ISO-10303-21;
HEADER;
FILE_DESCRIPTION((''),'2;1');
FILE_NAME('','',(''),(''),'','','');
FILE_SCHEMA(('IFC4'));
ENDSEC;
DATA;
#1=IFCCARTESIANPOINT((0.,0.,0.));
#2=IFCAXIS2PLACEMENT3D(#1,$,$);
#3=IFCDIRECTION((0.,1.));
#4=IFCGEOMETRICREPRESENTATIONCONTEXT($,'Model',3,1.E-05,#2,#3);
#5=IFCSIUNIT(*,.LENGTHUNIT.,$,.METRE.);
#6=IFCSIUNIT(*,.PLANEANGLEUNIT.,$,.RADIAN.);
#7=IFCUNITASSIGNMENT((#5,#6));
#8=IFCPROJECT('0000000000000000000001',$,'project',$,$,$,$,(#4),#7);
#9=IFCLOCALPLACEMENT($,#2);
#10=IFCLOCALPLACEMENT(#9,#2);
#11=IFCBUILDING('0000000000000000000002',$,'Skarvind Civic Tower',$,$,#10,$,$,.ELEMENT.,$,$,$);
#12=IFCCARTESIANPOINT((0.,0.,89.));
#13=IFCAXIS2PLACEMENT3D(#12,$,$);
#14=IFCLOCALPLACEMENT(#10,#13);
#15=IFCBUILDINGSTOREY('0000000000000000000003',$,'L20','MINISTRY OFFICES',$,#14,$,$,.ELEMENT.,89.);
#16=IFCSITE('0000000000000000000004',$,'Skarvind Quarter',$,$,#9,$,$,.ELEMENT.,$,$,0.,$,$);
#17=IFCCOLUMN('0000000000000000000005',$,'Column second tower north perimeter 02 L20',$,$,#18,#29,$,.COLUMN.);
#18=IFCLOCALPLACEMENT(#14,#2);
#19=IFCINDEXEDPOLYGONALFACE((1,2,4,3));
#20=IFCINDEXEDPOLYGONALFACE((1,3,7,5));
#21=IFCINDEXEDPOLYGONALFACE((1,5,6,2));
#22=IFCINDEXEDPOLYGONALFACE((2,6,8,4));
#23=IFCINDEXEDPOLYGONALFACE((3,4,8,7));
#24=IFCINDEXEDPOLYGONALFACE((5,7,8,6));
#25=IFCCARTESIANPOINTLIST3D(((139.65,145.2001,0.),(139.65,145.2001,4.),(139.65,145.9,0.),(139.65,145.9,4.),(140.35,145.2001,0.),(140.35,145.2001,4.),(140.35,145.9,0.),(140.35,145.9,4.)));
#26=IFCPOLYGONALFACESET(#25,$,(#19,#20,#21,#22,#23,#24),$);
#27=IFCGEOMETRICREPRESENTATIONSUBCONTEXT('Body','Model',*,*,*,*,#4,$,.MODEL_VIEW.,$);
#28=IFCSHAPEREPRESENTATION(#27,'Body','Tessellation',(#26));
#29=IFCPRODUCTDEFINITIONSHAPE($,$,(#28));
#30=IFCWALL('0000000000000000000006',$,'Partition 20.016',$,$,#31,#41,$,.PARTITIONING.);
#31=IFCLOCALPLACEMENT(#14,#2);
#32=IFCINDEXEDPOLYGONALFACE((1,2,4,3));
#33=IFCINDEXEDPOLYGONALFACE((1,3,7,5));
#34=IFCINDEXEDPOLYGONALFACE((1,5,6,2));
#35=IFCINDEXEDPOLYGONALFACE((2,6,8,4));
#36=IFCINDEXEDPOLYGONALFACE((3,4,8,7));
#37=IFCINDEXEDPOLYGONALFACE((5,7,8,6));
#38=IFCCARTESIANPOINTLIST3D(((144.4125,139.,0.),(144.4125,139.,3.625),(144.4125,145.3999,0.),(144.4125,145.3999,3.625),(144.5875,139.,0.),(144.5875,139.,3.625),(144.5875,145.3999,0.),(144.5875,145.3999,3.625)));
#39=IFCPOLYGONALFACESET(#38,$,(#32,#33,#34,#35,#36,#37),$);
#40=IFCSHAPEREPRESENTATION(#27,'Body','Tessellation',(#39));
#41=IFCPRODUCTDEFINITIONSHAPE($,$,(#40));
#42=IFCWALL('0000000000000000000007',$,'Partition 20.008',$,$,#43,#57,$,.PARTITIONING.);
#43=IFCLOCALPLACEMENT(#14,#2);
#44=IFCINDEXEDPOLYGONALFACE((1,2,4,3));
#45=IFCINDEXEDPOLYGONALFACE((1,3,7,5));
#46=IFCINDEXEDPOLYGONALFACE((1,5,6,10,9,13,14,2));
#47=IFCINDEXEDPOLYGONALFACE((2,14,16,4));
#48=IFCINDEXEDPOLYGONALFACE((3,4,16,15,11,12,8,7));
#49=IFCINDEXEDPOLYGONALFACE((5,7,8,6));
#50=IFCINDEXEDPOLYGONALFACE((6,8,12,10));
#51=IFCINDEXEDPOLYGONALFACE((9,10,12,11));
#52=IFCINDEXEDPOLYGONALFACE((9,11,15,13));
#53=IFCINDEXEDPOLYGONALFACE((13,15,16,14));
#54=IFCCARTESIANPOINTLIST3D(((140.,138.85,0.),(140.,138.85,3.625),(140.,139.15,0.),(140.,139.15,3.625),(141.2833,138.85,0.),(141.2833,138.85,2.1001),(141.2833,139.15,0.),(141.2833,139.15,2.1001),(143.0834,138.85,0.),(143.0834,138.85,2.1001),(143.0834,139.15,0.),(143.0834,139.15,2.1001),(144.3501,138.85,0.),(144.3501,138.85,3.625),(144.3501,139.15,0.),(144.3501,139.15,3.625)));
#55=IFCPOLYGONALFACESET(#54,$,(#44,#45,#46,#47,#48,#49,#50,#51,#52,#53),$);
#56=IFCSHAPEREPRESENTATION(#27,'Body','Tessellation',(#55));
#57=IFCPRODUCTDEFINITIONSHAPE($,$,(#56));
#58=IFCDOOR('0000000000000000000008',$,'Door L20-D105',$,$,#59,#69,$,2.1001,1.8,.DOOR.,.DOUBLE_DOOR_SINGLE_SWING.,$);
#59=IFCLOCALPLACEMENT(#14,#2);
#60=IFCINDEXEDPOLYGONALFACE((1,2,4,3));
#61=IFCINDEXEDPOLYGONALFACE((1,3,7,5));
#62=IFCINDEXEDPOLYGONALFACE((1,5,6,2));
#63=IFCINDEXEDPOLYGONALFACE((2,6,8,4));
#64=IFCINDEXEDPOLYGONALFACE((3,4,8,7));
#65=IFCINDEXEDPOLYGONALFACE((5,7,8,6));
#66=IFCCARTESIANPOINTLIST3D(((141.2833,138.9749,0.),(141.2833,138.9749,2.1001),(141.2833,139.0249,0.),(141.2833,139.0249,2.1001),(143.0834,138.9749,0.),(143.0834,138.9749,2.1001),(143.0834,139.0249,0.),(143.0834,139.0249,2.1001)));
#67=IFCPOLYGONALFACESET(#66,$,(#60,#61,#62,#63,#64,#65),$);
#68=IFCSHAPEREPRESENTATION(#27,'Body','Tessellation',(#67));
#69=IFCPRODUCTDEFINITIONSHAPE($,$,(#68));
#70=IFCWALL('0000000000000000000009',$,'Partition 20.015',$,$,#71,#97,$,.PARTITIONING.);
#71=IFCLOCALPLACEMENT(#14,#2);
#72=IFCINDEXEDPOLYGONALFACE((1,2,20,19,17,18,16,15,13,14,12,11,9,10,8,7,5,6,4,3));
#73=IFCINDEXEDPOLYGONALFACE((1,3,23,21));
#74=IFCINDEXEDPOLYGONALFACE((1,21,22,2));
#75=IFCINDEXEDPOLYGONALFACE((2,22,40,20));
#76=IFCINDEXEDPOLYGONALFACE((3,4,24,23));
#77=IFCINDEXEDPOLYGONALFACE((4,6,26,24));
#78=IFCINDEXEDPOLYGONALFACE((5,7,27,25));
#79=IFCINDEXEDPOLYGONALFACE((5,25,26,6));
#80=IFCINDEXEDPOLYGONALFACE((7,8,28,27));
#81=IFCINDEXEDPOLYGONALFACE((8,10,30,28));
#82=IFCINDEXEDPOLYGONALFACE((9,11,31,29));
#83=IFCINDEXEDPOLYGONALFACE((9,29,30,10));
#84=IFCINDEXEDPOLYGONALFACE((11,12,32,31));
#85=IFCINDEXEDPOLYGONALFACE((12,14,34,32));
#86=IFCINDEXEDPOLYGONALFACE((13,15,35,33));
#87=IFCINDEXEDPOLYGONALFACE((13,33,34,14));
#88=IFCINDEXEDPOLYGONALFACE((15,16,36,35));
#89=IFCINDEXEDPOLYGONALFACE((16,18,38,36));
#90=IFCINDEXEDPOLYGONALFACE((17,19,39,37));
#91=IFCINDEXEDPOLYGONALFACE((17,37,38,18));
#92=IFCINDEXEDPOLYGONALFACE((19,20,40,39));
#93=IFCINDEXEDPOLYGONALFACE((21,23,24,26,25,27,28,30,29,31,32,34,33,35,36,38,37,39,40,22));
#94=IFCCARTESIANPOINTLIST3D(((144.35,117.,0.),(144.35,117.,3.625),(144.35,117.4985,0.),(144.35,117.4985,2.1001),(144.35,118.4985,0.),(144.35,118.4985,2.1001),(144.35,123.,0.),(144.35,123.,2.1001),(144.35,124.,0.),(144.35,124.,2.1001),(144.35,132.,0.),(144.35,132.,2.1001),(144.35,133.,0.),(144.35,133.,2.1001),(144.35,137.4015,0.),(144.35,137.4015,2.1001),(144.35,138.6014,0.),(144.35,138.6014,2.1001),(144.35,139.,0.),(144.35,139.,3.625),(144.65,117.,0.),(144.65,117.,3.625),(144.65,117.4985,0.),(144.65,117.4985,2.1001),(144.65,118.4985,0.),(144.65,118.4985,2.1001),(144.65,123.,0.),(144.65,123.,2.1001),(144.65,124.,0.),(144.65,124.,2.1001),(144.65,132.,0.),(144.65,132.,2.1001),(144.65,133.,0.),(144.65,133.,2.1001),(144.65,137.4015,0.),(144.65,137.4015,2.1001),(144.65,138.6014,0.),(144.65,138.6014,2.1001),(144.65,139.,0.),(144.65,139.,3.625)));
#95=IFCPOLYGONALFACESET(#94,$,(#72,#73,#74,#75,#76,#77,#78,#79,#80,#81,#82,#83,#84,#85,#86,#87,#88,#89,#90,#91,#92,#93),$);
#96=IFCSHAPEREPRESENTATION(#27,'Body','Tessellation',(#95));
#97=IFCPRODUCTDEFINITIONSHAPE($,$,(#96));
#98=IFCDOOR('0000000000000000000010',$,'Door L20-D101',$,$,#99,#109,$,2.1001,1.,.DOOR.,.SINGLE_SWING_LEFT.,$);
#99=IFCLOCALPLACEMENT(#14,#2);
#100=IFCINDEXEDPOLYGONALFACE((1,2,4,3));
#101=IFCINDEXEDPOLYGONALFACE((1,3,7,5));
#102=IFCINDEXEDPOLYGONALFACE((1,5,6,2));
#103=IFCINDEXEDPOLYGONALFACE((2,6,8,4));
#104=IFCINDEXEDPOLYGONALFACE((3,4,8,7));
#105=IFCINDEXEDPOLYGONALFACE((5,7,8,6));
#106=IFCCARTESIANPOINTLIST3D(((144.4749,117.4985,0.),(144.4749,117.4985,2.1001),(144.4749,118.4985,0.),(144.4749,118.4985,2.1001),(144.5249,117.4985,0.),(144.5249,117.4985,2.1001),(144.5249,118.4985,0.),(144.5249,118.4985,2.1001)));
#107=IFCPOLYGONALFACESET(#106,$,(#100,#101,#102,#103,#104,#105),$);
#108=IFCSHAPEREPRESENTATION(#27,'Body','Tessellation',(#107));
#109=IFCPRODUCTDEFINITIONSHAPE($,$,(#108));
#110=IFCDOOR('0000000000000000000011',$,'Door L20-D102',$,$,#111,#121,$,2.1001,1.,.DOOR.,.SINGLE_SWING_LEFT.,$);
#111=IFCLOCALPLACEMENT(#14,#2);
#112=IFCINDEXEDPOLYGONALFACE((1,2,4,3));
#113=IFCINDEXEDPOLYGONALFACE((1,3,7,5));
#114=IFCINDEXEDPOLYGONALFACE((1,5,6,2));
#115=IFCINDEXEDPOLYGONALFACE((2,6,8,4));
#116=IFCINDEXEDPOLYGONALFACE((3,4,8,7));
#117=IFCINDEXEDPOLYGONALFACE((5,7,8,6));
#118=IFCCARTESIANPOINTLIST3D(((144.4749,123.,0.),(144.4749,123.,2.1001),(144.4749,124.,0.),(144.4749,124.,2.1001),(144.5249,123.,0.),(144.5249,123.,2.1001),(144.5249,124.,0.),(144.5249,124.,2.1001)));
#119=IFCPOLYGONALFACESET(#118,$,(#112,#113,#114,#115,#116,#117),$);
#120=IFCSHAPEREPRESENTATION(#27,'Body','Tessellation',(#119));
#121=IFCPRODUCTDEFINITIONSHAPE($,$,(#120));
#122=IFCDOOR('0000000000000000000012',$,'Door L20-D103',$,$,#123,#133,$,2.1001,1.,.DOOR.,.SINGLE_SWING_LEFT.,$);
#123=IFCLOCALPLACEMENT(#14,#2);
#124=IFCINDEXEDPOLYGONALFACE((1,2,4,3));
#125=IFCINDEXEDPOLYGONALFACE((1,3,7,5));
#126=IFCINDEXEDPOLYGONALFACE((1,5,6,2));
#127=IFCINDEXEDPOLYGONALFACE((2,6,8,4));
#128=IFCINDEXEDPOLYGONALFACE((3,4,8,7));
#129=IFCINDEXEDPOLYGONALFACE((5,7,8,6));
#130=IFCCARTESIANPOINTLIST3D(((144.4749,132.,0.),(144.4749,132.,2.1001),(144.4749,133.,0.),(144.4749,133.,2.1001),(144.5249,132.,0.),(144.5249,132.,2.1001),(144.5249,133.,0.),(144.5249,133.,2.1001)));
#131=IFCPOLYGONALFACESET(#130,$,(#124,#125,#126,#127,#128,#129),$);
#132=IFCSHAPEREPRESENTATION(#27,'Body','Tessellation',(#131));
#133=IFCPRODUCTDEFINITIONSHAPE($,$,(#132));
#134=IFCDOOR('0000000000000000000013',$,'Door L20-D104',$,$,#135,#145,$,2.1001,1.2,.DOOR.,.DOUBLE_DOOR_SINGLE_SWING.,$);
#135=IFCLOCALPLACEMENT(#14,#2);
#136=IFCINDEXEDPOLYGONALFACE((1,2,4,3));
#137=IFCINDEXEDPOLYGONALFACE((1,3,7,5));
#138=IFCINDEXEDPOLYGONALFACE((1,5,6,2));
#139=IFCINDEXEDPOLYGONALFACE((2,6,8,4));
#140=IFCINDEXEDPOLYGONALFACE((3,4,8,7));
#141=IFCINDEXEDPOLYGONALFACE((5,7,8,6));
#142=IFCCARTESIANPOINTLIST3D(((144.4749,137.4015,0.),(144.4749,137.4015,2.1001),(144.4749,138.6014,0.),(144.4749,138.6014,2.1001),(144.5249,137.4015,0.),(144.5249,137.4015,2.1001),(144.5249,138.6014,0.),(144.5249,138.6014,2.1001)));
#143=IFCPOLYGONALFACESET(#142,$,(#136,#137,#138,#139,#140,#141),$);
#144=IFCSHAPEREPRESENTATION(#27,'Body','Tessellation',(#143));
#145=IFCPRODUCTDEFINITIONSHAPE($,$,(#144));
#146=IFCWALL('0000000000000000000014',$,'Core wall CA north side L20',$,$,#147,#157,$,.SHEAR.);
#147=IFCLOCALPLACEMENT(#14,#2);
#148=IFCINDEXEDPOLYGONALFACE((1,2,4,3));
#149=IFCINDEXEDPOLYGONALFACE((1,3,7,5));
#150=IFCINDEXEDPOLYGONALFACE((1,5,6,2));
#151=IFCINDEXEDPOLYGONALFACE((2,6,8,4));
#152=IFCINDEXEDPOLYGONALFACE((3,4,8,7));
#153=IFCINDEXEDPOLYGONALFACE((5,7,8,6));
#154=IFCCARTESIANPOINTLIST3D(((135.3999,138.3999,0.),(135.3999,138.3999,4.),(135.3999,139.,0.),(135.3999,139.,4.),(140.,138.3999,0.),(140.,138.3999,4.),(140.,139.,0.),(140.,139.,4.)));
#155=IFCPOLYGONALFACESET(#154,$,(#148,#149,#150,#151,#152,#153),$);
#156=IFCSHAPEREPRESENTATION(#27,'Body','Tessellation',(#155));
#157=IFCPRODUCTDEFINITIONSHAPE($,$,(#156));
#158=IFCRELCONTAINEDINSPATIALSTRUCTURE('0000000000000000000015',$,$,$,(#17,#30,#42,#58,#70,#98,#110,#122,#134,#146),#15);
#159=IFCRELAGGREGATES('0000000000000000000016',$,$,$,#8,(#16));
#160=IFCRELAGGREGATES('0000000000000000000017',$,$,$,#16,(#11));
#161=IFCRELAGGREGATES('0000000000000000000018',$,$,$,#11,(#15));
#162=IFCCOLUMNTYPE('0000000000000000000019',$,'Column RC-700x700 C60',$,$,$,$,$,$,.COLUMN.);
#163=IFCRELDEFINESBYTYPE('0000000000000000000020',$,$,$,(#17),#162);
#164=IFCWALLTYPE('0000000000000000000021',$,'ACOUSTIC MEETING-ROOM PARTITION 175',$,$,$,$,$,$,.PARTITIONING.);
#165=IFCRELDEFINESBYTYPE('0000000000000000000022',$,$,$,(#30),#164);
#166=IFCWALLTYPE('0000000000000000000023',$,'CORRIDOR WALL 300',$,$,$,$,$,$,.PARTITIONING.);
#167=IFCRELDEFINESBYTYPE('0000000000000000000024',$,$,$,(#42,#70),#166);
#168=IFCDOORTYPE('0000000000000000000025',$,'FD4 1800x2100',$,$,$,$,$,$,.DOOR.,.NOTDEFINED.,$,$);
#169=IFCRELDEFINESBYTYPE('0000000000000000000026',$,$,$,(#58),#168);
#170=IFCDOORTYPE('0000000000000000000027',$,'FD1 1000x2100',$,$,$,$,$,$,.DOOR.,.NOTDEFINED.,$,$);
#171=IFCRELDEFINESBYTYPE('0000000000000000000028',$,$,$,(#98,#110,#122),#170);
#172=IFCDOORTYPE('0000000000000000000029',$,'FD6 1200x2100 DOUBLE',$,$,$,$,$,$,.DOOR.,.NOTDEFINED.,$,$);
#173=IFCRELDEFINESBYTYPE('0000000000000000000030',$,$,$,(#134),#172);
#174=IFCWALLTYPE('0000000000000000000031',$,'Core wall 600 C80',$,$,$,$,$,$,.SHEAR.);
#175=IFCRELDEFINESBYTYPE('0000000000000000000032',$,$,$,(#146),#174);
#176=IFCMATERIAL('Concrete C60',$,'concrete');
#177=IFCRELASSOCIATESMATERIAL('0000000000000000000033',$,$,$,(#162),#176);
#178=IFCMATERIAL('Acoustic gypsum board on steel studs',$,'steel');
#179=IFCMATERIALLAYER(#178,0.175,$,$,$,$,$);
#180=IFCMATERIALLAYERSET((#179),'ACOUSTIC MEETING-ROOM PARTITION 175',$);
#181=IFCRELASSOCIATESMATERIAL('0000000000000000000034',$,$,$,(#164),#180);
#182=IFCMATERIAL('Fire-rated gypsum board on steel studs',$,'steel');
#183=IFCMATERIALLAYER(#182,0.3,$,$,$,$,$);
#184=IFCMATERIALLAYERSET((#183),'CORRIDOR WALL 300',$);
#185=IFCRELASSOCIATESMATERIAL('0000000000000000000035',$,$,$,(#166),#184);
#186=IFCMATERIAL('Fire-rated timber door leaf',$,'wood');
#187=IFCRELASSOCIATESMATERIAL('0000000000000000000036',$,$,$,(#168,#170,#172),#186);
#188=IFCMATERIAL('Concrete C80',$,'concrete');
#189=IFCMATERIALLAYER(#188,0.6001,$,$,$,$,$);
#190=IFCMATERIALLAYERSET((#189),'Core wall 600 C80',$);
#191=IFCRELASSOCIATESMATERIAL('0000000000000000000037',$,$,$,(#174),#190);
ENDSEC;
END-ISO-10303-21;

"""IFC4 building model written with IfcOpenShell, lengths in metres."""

from ifc_helpers import new_model, si_unit, direction, frame, frame_2d, origin, origin_2d, place, context, subcontext, project, spatial, rectangle, extrude, material, layer, layer_set, material_profile, profile_set, type_object, element, fill, save


model = new_model("IFC4")

# Units and contexts
model_context = context("Model", 3, precision=1e-05, world=origin(), true_north=direction((0.0, 1.0)))
body_context = subcontext(model_context, "Body", "Model", "MODEL_VIEW")
ifc_project = project(units=[si_unit("LENGTHUNIT", "METRE"), si_unit("PLANEANGLEUNIT", "RADIAN")], contexts=[model_context])

# Site, building, storey
site_placement = place(None, origin())
site = spatial("IfcSite", under=ifc_project, at=site_placement, Name="Skarvind Quarter", CompositionType="ELEMENT", RefElevation=0.0)
building_placement = place(site_placement, origin())
building = spatial("IfcBuilding", under=site, at=building_placement, Name="Skarvind Civic Tower", CompositionType="ELEMENT")
storey_placement = place(building_placement, frame((0.0, 0.0, 89.0)))
storey = spatial("IfcBuildingStorey", under=building, at=storey_placement, Name="L20", Description="MINISTRY OFFICES", CompositionType="ELEMENT", Elevation=89.0)

# Column
ifc_material_1 = material(Name="Concrete C60", Category="concrete")
ifc_material_profile = material_profile(ifc_material_1, rectangle(XDim=0.7, YDim=0.7, at=origin_2d()), Name="RC-700x700")
ifc_profile_set = profile_set([ifc_material_profile], Name="Concrete C60")
column_type = type_object("IfcColumnType", Name="Column RC-700x700 C60", PredefinedType="COLUMN", material=ifc_profile_set)
column_placement = place(storey_placement, frame((140.0, 145.55, 0.0), z_axis=(0.0, 0.0, 1.0), x_axis=(1.0, 0.0, 0.0)))
element("IfcColumn", 1, at=column_placement, inside=storey, type_object=column_type, Name="Column second tower north perimeter 02 L20", PredefinedType="COLUMN", context=body_context, shape_type="SweptSolid", body=[
    extrude(rectangle(XDim=0.7, YDim=0.7, at=origin_2d()), origin(), (0.0, 0.0, 1.0), 4.0),
])

# Wall
ifc_material_2 = material(Name="Acoustic gypsum board on steel studs", Category="steel")
ifc_layer_1 = layer(ifc_material_2, 0.175)
ifc_layer_set_1 = layer_set([ifc_layer_1], Name="ACOUSTIC MEETING-ROOM PARTITION 175")
wall_type_1 = type_object("IfcWallType", Name="ACOUSTIC MEETING-ROOM PARTITION 175", PredefinedType="PARTITIONING", material=ifc_layer_set_1)
wall_1_placement = place(storey_placement, frame((144.5, 145.3999, 0.0), z_axis=(0.0, 0.0, 1.0), x_axis=(0.0, -1.0, 0.0)))
element("IfcWall", 2, at=wall_1_placement, inside=storey, type_object=wall_type_1, Name="Partition 20.016", PredefinedType="PARTITIONING", context=body_context, shape_type="SweptSolid", body=[
    extrude(rectangle(XDim=6.3999, YDim=0.175, at=frame_2d((3.2, 0.0))), origin(), (0.0, 0.0, 1.0), 3.625),
])

# Wall, opening, door
ifc_material_3 = material(Name="Fire-rated gypsum board on steel studs", Category="steel")
ifc_layer_2 = layer(ifc_material_3, 0.3)
ifc_layer_set_2 = layer_set([ifc_layer_2], Name="CORRIDOR WALL 300")
wall_type_2 = type_object("IfcWallType", Name="CORRIDOR WALL 300", PredefinedType="PARTITIONING", material=ifc_layer_set_2)
wall_2_placement = place(storey_placement, frame((140.0, 139.0, 0.0), z_axis=(0.0, 0.0, 1.0), x_axis=(1.0, 0.0, 0.0)))
wall_2 = element("IfcWall", 3, at=wall_2_placement, inside=storey, type_object=wall_type_2, Name="Partition 20.008", PredefinedType="PARTITIONING", context=body_context, shape_type="SweptSolid", body=[
    extrude(rectangle(XDim=4.3501, YDim=0.3, at=frame_2d((2.175, 0.0))), origin(), (0.0, 0.0, 1.0), 3.625),
])
opening_1_placement = place(wall_2_placement, frame((1.2834, 0.0, 0.0)))
opening_1 = element("IfcOpeningElement", 4, at=opening_1_placement, cuts=wall_2, PredefinedType="OPENING", context=body_context, shape_type="SweptSolid", body=[
    extrude(rectangle(XDim=1.8, YDim=2.1001, at=frame_2d((0.8999, 1.05))), frame((0.0, 0.1599, 0.0), z_axis=(0.0, -1.0, 0.0), x_axis=(1.0, 0.0, 0.0)), (0.0, 0.0, 1.0), 0.3201),
])
ifc_material_4 = material(Name="Fire-rated timber door leaf", Category="wood")
door_type_1 = type_object("IfcDoorType", Name="FD4 1800x2100", OperationType="NOTDEFINED", PredefinedType="DOOR", material=ifc_material_4)
door_1_placement = place(opening_1_placement, origin())
door_1 = element("IfcDoor", 5, at=door_1_placement, inside=storey, type_object=door_type_1, Name="Door L20-D105", OperationType="DOUBLE_DOOR_SINGLE_SWING", OverallHeight=2.1001, OverallWidth=1.8, PredefinedType="DOOR", context=body_context, shape_type="SweptSolid", body=[
    extrude(rectangle(XDim=1.8, YDim=2.1001, at=frame_2d((0.8999, 1.05))), frame((0.0, 0.0249, 0.0), z_axis=(0.0, -1.0, 0.0), x_axis=(1.0, 0.0, 0.0)), (0.0, 0.0, 1.0), 0.05),
])
fill(opening_1, door_1)

# Wall, openings, doors
wall_3_placement = place(storey_placement, frame((144.5, 139.0, 0.0), z_axis=(0.0, 0.0, 1.0), x_axis=(0.0, -1.0, 0.0)))
wall_3 = element("IfcWall", 6, at=wall_3_placement, inside=storey, type_object=wall_type_2, Name="Partition 20.015", PredefinedType="PARTITIONING", context=body_context, shape_type="SweptSolid", body=[
    extrude(rectangle(XDim=22.0, YDim=0.3, at=frame_2d((11.0, 0.0))), origin(), (0.0, 0.0, 1.0), 3.625),
])
opening_2_placement = place(wall_3_placement, frame((20.5015, 0.0, 0.0)))
opening_2 = element("IfcOpeningElement", 7, at=opening_2_placement, cuts=wall_3, PredefinedType="OPENING", context=body_context, shape_type="SweptSolid", body=[
    extrude(rectangle(XDim=1.0, YDim=2.1001, at=frame_2d((0.5, 1.05))), frame((0.0, 0.1599, 0.0), z_axis=(0.0, -1.0, 0.0), x_axis=(1.0, 0.0, 0.0)), (0.0, 0.0, 1.0), 0.3201),
])
opening_3_placement = place(wall_3_placement, frame((15.0, 0.0, 0.0)))
opening_3 = element("IfcOpeningElement", 8, at=opening_3_placement, cuts=wall_3, PredefinedType="OPENING", context=body_context, shape_type="SweptSolid", body=[
    extrude(rectangle(XDim=1.0, YDim=2.1001, at=frame_2d((0.5, 1.05))), frame((0.0, 0.1599, 0.0), z_axis=(0.0, -1.0, 0.0), x_axis=(1.0, 0.0, 0.0)), (0.0, 0.0, 1.0), 0.3201),
])
opening_4_placement = place(wall_3_placement, frame((6.0, 0.0, 0.0)))
opening_4 = element("IfcOpeningElement", 9, at=opening_4_placement, cuts=wall_3, PredefinedType="OPENING", context=body_context, shape_type="SweptSolid", body=[
    extrude(rectangle(XDim=1.0, YDim=2.1001, at=frame_2d((0.5, 1.05))), frame((0.0, 0.1599, 0.0), z_axis=(0.0, -1.0, 0.0), x_axis=(1.0, 0.0, 0.0)), (0.0, 0.0, 1.0), 0.3201),
])
opening_5_placement = place(wall_3_placement, frame((0.3984, 0.0, 0.0)))
opening_5 = element("IfcOpeningElement", 10, at=opening_5_placement, cuts=wall_3, PredefinedType="OPENING", context=body_context, shape_type="SweptSolid", body=[
    extrude(rectangle(XDim=1.2, YDim=2.1001, at=frame_2d((0.6001, 1.05))), frame((0.0, 0.1599, 0.0), z_axis=(0.0, -1.0, 0.0), x_axis=(1.0, 0.0, 0.0)), (0.0, 0.0, 1.0), 0.3201),
])
door_type_2 = type_object("IfcDoorType", Name="FD1 1000x2100", OperationType="NOTDEFINED", PredefinedType="DOOR", material=ifc_material_4)
door_2_placement = place(opening_2_placement, origin())
door_2 = element("IfcDoor", 11, at=door_2_placement, inside=storey, type_object=door_type_2, Name="Door L20-D101", OperationType="SINGLE_SWING_LEFT", OverallHeight=2.1001, OverallWidth=1.0, PredefinedType="DOOR", context=body_context, shape_type="SweptSolid", body=[
    extrude(rectangle(XDim=1.0, YDim=2.1001, at=frame_2d((0.5, 1.05))), frame((0.0, 0.0249, 0.0), z_axis=(0.0, -1.0, 0.0), x_axis=(1.0, 0.0, 0.0)), (0.0, 0.0, 1.0), 0.05),
])
fill(opening_2, door_2)
door_3_placement = place(opening_3_placement, origin())
door_3 = element("IfcDoor", 12, at=door_3_placement, inside=storey, type_object=door_type_2, Name="Door L20-D102", OperationType="SINGLE_SWING_LEFT", OverallHeight=2.1001, OverallWidth=1.0, PredefinedType="DOOR", context=body_context, shape_type="SweptSolid", body=[
    extrude(rectangle(XDim=1.0, YDim=2.1001, at=frame_2d((0.5, 1.05))), frame((0.0, 0.0249, 0.0), z_axis=(0.0, -1.0, 0.0), x_axis=(1.0, 0.0, 0.0)), (0.0, 0.0, 1.0), 0.05),
])
fill(opening_3, door_3)
door_4_placement = place(opening_4_placement, origin())
door_4 = element("IfcDoor", 13, at=door_4_placement, inside=storey, type_object=door_type_2, Name="Door L20-D103", OperationType="SINGLE_SWING_LEFT", OverallHeight=2.1001, OverallWidth=1.0, PredefinedType="DOOR", context=body_context, shape_type="SweptSolid", body=[
    extrude(rectangle(XDim=1.0, YDim=2.1001, at=frame_2d((0.5, 1.05))), frame((0.0, 0.0249, 0.0), z_axis=(0.0, -1.0, 0.0), x_axis=(1.0, 0.0, 0.0)), (0.0, 0.0, 1.0), 0.05),
])
fill(opening_4, door_4)
door_type_3 = type_object("IfcDoorType", Name="FD6 1200x2100 DOUBLE", OperationType="NOTDEFINED", PredefinedType="DOOR", material=ifc_material_4)
door_5_placement = place(opening_5_placement, origin())
door_5 = element("IfcDoor", 14, at=door_5_placement, inside=storey, type_object=door_type_3, Name="Door L20-D104", OperationType="DOUBLE_DOOR_SINGLE_SWING", OverallHeight=2.1001, OverallWidth=1.2, PredefinedType="DOOR", context=body_context, shape_type="SweptSolid", body=[
    extrude(rectangle(XDim=1.2, YDim=2.1001, at=frame_2d((0.6001, 1.05))), frame((0.0, 0.0249, 0.0), z_axis=(0.0, -1.0, 0.0), x_axis=(1.0, 0.0, 0.0)), (0.0, 0.0, 1.0), 0.05),
])
fill(opening_5, door_5)

# Wall
ifc_material_5 = material(Name="Concrete C80", Category="concrete")
ifc_layer_3 = layer(ifc_material_5, 0.6001)
ifc_layer_set_3 = layer_set([ifc_layer_3], Name="Core wall 600 C80")
wall_type_3 = type_object("IfcWallType", Name="Core wall 600 C80", PredefinedType="SHEAR", material=ifc_layer_set_3)
wall_4_placement = place(storey_placement, frame((135.3999, 138.7, 0.0), z_axis=(0.0, 0.0, 1.0), x_axis=(1.0, 0.0, 0.0)))
element("IfcWall", 15, at=wall_4_placement, inside=storey, type_object=wall_type_3, Name="Core wall CA north side L20", PredefinedType="SHEAR", context=body_context, shape_type="SweptSolid", body=[
    extrude(rectangle(XDim=4.6001, YDim=0.6001, at=frame_2d((2.3, 0.0))), origin(), (0.0, 0.0, 1.0), 4.0),
])

save(model, "model.ifc")
